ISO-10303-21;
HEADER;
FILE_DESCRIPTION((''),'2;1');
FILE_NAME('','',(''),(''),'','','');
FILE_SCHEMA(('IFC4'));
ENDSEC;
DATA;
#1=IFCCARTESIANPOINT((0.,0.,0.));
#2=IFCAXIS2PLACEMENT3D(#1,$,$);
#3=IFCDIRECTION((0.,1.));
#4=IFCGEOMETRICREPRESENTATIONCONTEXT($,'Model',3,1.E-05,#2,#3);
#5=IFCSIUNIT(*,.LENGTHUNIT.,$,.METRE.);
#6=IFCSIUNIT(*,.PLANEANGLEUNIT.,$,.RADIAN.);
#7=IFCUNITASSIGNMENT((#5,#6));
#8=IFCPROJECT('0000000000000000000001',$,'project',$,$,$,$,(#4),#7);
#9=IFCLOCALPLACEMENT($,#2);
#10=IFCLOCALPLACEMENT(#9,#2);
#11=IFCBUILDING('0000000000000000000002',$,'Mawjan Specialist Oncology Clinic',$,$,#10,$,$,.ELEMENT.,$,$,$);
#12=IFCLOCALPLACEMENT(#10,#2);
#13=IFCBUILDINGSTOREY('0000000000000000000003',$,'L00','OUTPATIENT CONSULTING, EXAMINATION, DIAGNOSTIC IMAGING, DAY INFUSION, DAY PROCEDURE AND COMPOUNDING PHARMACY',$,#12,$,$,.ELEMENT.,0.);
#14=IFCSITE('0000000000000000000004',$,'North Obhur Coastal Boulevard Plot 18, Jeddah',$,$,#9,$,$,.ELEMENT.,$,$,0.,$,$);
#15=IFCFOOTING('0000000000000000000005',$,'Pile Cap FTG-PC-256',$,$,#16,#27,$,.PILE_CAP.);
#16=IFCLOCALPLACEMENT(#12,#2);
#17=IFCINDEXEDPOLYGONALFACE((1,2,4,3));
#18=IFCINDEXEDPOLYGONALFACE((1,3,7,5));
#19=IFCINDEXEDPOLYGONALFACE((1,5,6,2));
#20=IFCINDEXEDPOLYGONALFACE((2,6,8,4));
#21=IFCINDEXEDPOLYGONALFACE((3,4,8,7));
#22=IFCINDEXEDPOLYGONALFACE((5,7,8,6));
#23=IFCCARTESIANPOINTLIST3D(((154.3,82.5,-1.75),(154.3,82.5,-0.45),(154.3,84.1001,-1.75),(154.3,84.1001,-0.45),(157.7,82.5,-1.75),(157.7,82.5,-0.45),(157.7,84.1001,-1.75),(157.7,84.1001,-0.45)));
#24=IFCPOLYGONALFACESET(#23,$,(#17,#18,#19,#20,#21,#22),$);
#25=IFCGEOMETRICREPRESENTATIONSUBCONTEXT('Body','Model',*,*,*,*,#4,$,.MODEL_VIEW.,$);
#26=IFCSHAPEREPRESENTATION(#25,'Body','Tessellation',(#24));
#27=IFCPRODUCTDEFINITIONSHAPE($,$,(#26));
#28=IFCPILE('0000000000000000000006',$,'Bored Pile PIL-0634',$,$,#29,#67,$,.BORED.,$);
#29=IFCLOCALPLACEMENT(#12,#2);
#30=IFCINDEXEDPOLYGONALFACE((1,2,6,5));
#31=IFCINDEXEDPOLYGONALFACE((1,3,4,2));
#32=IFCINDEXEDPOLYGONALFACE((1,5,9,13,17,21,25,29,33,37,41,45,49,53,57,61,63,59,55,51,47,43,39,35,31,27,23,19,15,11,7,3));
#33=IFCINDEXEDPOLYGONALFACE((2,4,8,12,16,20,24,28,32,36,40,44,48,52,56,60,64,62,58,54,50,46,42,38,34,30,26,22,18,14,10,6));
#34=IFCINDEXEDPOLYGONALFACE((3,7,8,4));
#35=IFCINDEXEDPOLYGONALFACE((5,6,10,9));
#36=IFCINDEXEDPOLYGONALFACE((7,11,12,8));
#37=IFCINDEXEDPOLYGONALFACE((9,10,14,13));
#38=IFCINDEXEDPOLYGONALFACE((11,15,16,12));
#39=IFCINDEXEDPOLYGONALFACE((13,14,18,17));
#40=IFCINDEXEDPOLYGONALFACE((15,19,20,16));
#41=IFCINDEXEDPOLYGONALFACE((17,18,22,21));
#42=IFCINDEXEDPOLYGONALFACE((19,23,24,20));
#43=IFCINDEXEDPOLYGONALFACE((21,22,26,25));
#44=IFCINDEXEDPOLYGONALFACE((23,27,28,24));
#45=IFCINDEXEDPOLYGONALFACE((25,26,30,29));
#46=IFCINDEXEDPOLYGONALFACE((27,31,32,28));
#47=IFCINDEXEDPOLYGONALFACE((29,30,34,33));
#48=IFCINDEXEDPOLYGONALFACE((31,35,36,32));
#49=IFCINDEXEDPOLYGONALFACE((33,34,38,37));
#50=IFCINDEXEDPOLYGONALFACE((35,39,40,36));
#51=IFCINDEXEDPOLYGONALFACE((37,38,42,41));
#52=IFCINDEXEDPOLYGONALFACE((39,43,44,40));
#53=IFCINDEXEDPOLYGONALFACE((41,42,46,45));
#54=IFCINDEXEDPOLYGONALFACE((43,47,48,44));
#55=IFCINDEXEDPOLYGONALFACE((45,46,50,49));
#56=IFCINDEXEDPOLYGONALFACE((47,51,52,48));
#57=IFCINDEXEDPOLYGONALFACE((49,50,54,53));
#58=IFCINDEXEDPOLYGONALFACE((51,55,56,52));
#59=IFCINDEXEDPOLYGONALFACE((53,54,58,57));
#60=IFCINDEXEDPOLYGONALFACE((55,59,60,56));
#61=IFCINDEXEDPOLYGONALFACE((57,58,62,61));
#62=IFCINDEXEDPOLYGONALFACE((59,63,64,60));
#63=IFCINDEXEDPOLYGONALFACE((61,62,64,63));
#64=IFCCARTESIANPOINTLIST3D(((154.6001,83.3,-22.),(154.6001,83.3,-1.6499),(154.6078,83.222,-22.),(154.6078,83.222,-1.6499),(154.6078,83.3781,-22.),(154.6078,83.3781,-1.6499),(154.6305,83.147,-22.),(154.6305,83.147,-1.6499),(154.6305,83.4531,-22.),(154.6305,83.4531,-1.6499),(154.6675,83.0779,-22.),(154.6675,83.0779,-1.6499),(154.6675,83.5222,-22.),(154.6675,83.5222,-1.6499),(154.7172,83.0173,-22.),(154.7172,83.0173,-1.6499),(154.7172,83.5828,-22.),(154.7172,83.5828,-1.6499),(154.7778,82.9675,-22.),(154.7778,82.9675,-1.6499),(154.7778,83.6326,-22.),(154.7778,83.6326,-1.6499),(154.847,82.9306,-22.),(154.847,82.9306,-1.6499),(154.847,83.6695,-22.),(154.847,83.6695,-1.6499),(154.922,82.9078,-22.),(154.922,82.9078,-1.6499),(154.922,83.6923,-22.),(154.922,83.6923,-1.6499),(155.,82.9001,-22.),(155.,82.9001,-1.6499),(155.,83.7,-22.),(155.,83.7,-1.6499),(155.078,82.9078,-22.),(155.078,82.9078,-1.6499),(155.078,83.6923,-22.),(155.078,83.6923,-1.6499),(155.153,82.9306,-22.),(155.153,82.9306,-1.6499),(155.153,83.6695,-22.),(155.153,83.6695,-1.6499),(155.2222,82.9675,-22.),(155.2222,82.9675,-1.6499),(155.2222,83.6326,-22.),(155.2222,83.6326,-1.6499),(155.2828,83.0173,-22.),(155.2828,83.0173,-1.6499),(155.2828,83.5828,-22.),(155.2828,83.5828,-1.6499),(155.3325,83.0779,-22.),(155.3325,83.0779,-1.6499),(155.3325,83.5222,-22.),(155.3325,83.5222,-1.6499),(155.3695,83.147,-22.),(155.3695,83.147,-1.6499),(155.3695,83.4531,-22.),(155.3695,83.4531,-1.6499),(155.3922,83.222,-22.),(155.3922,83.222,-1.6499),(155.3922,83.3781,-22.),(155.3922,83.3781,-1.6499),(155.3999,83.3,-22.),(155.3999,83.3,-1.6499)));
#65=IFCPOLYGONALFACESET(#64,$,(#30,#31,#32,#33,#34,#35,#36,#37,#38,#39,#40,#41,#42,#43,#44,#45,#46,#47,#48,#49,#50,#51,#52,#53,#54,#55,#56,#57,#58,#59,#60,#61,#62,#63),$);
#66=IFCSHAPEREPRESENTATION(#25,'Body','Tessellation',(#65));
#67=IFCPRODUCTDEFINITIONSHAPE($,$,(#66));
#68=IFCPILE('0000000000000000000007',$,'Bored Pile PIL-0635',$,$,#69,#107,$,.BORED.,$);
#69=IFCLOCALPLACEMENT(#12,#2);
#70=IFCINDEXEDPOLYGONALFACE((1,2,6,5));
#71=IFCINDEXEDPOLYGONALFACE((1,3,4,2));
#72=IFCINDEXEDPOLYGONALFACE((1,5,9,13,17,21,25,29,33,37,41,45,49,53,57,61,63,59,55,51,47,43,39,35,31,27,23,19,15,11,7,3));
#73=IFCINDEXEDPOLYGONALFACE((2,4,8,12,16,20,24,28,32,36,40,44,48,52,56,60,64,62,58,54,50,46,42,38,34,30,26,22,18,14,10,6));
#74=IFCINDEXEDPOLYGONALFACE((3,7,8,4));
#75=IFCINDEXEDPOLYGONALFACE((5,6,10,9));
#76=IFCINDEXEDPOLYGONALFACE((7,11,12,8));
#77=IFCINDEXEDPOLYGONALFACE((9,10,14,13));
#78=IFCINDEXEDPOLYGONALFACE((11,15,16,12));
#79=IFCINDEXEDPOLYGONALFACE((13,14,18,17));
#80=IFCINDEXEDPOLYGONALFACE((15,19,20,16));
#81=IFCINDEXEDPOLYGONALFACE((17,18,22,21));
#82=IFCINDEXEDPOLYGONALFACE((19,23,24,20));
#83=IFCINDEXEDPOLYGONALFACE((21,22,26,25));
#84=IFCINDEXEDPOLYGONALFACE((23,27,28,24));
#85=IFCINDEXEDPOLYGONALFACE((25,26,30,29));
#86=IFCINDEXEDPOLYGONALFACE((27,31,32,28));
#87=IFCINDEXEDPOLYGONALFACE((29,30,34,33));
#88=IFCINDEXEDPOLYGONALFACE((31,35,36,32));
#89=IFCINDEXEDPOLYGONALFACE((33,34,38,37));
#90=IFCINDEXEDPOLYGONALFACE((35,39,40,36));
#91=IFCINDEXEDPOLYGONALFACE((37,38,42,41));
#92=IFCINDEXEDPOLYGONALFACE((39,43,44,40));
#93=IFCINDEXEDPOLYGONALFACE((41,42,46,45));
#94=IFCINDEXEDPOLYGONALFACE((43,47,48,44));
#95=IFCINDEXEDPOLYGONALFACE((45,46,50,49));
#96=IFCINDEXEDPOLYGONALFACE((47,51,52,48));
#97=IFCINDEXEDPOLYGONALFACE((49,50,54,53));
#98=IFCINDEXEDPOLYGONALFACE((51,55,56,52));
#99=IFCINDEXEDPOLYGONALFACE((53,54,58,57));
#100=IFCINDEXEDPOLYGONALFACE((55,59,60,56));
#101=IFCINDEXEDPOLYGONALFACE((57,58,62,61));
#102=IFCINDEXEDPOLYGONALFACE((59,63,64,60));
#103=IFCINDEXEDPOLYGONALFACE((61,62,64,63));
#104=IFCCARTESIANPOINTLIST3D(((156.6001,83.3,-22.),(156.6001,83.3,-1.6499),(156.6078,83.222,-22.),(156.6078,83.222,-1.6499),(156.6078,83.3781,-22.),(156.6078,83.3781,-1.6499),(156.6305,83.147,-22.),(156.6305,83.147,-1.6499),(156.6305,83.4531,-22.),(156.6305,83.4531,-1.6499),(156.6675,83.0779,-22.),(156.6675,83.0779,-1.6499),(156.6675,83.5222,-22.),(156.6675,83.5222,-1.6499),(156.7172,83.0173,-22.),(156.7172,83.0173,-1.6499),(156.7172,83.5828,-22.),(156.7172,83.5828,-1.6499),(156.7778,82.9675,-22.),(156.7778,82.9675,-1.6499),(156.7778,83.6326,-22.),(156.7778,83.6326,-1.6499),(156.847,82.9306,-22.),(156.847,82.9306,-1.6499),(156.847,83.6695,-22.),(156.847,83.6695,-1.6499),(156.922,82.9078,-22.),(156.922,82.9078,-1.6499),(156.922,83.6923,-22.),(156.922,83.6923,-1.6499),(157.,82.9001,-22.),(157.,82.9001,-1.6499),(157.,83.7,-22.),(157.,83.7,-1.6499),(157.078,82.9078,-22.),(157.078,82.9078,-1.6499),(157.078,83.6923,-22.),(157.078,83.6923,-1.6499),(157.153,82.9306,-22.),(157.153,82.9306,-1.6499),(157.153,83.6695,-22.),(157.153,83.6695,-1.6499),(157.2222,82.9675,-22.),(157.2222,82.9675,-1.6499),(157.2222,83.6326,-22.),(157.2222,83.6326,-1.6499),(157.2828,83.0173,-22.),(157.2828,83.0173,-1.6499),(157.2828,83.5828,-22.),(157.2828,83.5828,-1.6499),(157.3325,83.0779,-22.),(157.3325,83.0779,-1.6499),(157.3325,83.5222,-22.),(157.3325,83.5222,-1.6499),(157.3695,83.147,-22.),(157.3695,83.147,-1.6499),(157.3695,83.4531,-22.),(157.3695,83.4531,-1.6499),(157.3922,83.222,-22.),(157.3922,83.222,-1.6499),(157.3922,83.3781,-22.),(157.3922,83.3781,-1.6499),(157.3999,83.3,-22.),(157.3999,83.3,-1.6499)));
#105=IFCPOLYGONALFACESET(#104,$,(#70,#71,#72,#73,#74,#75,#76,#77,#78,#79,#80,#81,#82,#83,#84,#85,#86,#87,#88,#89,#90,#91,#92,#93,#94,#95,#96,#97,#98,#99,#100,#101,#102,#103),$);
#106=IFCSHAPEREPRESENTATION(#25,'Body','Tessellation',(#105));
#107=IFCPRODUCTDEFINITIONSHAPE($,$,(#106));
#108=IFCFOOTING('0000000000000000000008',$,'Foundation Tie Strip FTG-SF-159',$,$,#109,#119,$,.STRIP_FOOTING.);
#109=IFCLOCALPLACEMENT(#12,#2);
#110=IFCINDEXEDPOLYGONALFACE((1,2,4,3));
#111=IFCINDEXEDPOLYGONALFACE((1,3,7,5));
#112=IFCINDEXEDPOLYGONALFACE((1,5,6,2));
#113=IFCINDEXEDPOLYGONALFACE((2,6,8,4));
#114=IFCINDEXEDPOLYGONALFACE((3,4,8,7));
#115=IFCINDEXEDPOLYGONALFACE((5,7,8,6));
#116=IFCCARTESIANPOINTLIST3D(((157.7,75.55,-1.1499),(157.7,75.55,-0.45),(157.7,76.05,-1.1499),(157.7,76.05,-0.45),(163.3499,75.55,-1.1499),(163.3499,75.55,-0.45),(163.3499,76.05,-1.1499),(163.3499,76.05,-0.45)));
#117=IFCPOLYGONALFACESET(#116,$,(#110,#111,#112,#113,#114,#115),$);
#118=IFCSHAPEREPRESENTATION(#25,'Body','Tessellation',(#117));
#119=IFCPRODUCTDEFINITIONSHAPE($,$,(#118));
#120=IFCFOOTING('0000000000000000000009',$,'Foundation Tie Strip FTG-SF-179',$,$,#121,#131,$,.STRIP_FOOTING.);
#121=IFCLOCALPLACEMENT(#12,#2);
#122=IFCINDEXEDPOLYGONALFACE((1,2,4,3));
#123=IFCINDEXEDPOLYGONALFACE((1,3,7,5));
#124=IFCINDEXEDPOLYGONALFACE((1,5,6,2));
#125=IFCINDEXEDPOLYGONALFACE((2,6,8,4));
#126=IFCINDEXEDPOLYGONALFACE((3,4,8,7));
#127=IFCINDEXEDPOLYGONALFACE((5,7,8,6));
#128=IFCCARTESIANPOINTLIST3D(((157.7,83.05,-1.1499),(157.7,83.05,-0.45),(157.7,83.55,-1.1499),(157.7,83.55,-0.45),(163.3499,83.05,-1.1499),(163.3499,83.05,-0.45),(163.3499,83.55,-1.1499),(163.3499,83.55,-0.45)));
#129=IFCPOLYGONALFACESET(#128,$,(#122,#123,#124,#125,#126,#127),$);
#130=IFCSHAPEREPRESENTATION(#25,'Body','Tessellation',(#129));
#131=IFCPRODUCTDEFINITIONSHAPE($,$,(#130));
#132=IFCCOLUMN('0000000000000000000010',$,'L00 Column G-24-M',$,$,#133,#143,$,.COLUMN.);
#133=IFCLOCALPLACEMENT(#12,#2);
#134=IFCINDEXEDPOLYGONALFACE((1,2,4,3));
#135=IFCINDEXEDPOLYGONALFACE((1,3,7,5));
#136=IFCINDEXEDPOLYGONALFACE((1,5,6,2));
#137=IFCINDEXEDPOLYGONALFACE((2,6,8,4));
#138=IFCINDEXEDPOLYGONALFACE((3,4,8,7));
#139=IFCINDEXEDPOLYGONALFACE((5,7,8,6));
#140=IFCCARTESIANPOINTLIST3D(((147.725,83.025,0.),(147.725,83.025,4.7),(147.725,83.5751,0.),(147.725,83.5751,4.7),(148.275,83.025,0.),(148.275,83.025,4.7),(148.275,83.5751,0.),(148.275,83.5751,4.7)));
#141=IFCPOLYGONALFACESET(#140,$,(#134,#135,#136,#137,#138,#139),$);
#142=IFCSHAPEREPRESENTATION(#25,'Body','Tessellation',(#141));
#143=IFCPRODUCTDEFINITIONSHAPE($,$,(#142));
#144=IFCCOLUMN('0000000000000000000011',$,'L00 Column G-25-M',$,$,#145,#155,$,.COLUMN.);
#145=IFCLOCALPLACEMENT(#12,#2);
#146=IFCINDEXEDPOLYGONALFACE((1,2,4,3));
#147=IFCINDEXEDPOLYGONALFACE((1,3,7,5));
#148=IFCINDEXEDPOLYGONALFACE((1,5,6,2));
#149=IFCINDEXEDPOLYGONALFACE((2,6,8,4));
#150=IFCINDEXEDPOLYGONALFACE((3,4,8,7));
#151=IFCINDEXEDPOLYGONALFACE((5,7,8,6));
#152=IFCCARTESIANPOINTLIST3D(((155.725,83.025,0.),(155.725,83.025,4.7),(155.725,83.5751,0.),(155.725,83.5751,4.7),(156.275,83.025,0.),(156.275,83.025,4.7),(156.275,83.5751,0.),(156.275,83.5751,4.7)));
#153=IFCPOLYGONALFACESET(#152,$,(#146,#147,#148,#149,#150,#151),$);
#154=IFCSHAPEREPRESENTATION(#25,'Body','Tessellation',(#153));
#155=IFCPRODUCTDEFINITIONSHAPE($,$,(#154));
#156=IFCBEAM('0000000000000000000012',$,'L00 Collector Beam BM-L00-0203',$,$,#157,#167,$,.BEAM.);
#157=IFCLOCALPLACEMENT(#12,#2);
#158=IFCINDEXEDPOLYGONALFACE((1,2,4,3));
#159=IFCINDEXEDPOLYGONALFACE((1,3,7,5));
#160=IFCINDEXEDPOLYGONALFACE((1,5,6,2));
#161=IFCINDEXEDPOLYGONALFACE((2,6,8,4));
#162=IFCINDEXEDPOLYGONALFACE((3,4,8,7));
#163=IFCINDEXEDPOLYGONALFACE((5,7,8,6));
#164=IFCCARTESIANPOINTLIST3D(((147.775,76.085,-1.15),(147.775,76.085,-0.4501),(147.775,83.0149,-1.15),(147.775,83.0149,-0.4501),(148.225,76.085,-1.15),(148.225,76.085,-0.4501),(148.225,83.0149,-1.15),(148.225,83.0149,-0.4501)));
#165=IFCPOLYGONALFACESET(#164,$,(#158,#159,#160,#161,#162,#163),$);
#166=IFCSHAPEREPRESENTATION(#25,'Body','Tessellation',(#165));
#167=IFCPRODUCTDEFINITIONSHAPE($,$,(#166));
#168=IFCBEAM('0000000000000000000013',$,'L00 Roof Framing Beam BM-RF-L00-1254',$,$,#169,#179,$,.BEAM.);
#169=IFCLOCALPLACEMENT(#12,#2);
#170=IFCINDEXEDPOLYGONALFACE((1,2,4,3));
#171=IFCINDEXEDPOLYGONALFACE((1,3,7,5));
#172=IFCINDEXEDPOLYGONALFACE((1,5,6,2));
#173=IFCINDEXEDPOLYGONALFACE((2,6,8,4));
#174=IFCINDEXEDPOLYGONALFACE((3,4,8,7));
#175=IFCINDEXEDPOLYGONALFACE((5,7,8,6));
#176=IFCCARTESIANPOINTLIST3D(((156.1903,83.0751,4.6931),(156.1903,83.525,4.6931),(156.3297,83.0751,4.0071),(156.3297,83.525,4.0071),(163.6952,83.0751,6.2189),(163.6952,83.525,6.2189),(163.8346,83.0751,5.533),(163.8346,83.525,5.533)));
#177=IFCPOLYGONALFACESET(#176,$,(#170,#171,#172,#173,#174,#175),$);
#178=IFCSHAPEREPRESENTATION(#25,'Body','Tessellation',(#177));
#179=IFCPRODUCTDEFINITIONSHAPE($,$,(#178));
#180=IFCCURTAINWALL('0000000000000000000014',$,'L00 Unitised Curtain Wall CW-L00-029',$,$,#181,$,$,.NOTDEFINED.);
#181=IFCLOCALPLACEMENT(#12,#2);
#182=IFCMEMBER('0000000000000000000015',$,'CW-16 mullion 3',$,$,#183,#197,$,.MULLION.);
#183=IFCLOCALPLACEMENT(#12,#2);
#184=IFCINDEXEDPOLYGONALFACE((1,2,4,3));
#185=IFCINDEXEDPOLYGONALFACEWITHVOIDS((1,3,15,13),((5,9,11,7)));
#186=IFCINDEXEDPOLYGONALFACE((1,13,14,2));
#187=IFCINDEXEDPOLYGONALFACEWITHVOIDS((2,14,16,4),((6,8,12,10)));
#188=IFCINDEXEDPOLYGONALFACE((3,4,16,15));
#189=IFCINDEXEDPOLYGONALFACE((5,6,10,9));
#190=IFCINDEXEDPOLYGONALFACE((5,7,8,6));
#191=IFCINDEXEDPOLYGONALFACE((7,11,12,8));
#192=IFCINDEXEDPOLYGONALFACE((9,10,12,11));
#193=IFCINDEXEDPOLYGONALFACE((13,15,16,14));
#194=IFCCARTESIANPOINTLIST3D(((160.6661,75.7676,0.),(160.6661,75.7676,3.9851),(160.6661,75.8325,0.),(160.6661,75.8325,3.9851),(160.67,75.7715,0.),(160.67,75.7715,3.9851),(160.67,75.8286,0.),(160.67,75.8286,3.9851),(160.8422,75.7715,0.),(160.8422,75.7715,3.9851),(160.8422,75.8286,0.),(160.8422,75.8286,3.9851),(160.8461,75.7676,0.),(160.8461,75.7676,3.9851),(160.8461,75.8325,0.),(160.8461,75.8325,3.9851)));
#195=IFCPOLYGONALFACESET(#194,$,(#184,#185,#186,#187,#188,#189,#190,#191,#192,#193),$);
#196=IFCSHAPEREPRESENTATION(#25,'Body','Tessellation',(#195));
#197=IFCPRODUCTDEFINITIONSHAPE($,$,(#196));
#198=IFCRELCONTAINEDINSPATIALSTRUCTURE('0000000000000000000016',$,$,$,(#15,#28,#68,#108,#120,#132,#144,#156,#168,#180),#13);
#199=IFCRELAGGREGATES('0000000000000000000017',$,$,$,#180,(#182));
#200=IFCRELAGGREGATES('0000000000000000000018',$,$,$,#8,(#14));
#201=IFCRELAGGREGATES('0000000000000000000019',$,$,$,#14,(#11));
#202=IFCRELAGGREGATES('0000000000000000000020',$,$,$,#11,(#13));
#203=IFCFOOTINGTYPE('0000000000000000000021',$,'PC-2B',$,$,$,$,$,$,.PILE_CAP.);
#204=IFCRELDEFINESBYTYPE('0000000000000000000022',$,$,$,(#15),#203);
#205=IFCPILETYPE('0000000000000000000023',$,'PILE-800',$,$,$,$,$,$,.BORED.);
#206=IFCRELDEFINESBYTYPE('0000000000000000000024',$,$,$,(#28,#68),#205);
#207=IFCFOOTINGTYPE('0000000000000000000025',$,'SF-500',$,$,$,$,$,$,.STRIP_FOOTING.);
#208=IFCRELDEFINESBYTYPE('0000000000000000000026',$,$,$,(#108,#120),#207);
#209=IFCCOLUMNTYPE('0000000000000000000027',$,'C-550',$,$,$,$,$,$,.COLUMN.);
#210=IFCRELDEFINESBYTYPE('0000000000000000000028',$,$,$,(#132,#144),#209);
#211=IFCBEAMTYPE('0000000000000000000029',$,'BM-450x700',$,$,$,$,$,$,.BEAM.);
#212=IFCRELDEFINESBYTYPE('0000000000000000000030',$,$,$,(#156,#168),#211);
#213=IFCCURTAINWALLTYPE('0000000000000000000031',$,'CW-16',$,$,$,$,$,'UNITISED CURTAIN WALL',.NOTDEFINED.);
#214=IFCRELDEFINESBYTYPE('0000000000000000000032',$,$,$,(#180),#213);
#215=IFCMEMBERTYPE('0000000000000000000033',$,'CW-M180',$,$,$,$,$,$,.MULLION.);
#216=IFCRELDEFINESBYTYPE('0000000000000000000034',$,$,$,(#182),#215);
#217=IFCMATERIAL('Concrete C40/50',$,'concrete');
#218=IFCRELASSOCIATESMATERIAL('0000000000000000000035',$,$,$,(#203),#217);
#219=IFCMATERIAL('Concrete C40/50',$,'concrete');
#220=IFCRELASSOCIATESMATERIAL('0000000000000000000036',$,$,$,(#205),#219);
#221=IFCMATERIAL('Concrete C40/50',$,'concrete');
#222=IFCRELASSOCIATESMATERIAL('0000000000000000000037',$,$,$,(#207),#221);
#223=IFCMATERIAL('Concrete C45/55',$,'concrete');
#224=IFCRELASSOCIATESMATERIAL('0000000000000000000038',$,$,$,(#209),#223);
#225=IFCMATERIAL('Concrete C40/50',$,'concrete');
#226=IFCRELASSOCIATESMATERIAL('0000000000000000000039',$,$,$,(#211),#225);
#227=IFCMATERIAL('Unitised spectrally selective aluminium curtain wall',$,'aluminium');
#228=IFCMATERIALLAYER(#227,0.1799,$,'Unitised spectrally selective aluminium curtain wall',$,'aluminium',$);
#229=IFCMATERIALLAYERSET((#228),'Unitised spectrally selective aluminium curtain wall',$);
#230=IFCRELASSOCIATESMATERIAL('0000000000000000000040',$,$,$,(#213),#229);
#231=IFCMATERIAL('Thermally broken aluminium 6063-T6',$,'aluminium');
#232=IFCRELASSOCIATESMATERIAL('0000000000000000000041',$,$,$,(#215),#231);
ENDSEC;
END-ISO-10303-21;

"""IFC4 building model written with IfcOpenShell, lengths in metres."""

from ifc_helpers import new_model, si_unit, direction, frame, origin, origin_2d, place, context, subcontext, project, spatial, rectangle, hollow_rectangle, circle, extrude, material, layer, layer_set, material_profile, profile_set, type_object, element, aggregate, save


model = new_model("IFC4")

# Units and contexts
model_context = context("Model", 3, precision=1e-05, world=origin(), true_north=direction((0.0, 1.0)))
body_context = subcontext(model_context, "Body", "Model", "MODEL_VIEW")
ifc_project = project(units=[si_unit("LENGTHUNIT", "METRE"), si_unit("PLANEANGLEUNIT", "RADIAN")], contexts=[model_context])

# Site, building, storey
site_placement = place(None, origin())
site = spatial("IfcSite", under=ifc_project, at=site_placement, Name="North Obhur Coastal Boulevard Plot 18, Jeddah", CompositionType="ELEMENT", RefElevation=0.0)
building_placement = place(site_placement, origin())
building = spatial("IfcBuilding", under=site, at=building_placement, Name="Mawjan Specialist Oncology Clinic", CompositionType="ELEMENT")
storey_placement = place(building_placement, origin())
storey = spatial("IfcBuildingStorey", under=building, at=storey_placement, Name="L00", Description="OUTPATIENT CONSULTING, EXAMINATION, DIAGNOSTIC IMAGING, DAY INFUSION, DAY PROCEDURE AND COMPOUNDING PHARMACY", CompositionType="ELEMENT", Elevation=0.0)

# Footing
ifc_material_1 = material(Name="Concrete C40/50", Category="concrete")
footing_type_1 = type_object("IfcFootingType", Name="PC-2B", PredefinedType="PILE_CAP", material=ifc_material_1)
footing_placement = place(storey_placement, frame((156.0, 83.3, -1.75), z_axis=(0.0, 0.0, 1.0), x_axis=(1.0, 0.0, 0.0)))
element("IfcFooting", 1, at=footing_placement, inside=storey, type_object=footing_type_1, Name="Pile Cap FTG-PC-256", PredefinedType="PILE_CAP", context=body_context, shape_type="SweptSolid", body=[
    extrude(rectangle(XDim=3.3999, YDim=1.6001, at=origin_2d()), origin(), (0.0, 0.0, 1.0), 1.3),
])

# Piles
ifc_material_2 = material(Name="Concrete C40/50", Category="concrete")
ifc_material_profile_1 = material_profile(ifc_material_2, circle(Radius=0.3999, at=origin_2d()), Name="BORED PILE D800", Category="concrete")
ifc_profile_set_1 = profile_set([ifc_material_profile_1], Name="Concrete C40/50")
pile_type = type_object("IfcPileType", Name="PILE-800", PredefinedType="BORED", material=ifc_profile_set_1)
for number, where, z_axis, x_axis, name in (
    (2, (155.0, 83.3, -1.6499), (0.0, 0.0, -1.0), (1.0, 0.0, 0.0), "Bored Pile PIL-0634"),
    (3, (157.0, 83.3, -1.6499), (0.0, 0.0, -1.0), (1.0, 0.0, 0.0), "Bored Pile PIL-0635"),
):
    element("IfcPile", number, at=place(storey_placement, frame(where, z_axis=z_axis, x_axis=x_axis)), inside=storey, type_object=pile_type, Name=name, PredefinedType="BORED", context=body_context, shape_type="SweptSolid", body=[
        extrude(circle(Radius=0.3999, at=origin_2d()), origin(), (0.0, 0.0, 1.0), 20.3501),
    ])

# Footings
ifc_material_3 = material(Name="Concrete C40/50", Category="concrete")
footing_type_2 = type_object("IfcFootingType", Name="SF-500", PredefinedType="STRIP_FOOTING", material=ifc_material_3)
for number, where, z_axis, x_axis, name in (
    (4, (160.5249, 75.8, -1.1499), (0.0, 0.0, 1.0), (1.0, 0.0, 0.0), "Foundation Tie Strip FTG-SF-159"),
    (5, (160.5249, 83.3, -1.1499), (0.0, 0.0, 1.0), (1.0, 0.0, 0.0), "Foundation Tie Strip FTG-SF-179"),
):
    element("IfcFooting", number, at=place(storey_placement, frame(where, z_axis=z_axis, x_axis=x_axis)), inside=storey, type_object=footing_type_2, Name=name, PredefinedType="STRIP_FOOTING", context=body_context, shape_type="SweptSolid", body=[
        extrude(rectangle(XDim=5.6499, YDim=0.5, at=origin_2d()), origin(), (0.0, 0.0, 1.0), 0.7),
    ])

# Columns
ifc_material_4 = material(Name="Concrete C45/55", Category="concrete")
ifc_material_profile_2 = material_profile(ifc_material_4, rectangle(XDim=0.55, YDim=0.55, at=origin_2d()), Name="RC COL 550x550", Category="concrete")
ifc_profile_set_2 = profile_set([ifc_material_profile_2], Name="Concrete C45/55")
column_type = type_object("IfcColumnType", Name="C-550", PredefinedType="COLUMN", material=ifc_profile_set_2)
for number, where, z_axis, x_axis, name in (
    (6, (148.0, 83.3, 0.0), (0.0, 0.0, 1.0), (1.0, 0.0, 0.0), "L00 Column G-24-M"),
    (7, (156.0, 83.3, 0.0), (0.0, 0.0, 1.0), (1.0, 0.0, 0.0), "L00 Column G-25-M"),
):
    element("IfcColumn", number, at=place(storey_placement, frame(where, z_axis=z_axis, x_axis=x_axis)), inside=storey, type_object=column_type, Name=name, PredefinedType="COLUMN", context=body_context, shape_type="SweptSolid", body=[
        extrude(rectangle(XDim=0.55, YDim=0.55, at=origin_2d()), origin(), (0.0, 0.0, 1.0), 4.7),
    ])

# Beams
ifc_material_5 = material(Name="Concrete C40/50", Category="concrete")
ifc_material_profile_3 = material_profile(ifc_material_5, rectangle(XDim=0.45, YDim=0.7, at=origin_2d()), Name="RC BM 450x700", Category="concrete")
ifc_profile_set_3 = profile_set([ifc_material_profile_3], Name="Concrete C40/50")
beam_type = type_object("IfcBeamType", Name="BM-450x700", PredefinedType="BEAM", material=ifc_profile_set_3)
beam_1_placement = place(storey_placement, frame((148.0, 76.085, -0.8), z_axis=(0.0, 1.0, 0.0), x_axis=(-1.0, 0.0, 0.0)))
element("IfcBeam", 8, at=beam_1_placement, inside=storey, type_object=beam_type, Name="L00 Collector Beam BM-L00-0203", PredefinedType="BEAM", context=body_context, shape_type="SweptSolid", body=[
    extrude(rectangle(XDim=0.45, YDim=0.7, at=origin_2d()), origin(), (0.0, 0.0, 1.0), 6.9299),
])
beam_2_placement = place(storey_placement, frame((156.26, 83.3, 4.3501), z_axis=(0.97995, 0.0, 0.199242), x_axis=(0.0, 1.0, 0.0)))
element("IfcBeam", 9, at=beam_2_placement, inside=storey, type_object=beam_type, Name="L00 Roof Framing Beam BM-RF-L00-1254", PredefinedType="BEAM", context=body_context, shape_type="SweptSolid", body=[
    extrude(rectangle(XDim=0.45, YDim=0.7, at=origin_2d()), origin(), (0.0, 0.0, 1.0), 7.6584),
])

# Curtain wall, member
ifc_material_6 = material(Name="Unitised spectrally selective aluminium curtain wall", Category="aluminium")
ifc_layer_1 = layer(ifc_material_6, 0.1799, Name="Unitised spectrally selective aluminium curtain wall", Category="aluminium")
ifc_layer_set_1 = layer_set([ifc_layer_1], Name="Unitised spectrally selective aluminium curtain wall")
curtain_wall_type = type_object("IfcCurtainWallType", Name="CW-16", ElementType="UNITISED CURTAIN WALL", PredefinedType="NOTDEFINED", material=ifc_layer_set_1)
curtain_wall_placement = place(storey_placement, origin())
curtain_wall = element("IfcCurtainWall", 10, at=curtain_wall_placement, inside=storey, type_object=curtain_wall_type, Name="L00 Unitised Curtain Wall CW-L00-029", PredefinedType="NOTDEFINED")
ifc_material_7 = material(Name="Thermally broken aluminium 6063-T6", Category="aluminium")
ifc_material_profile_4 = material_profile(ifc_material_7, hollow_rectangle(XDim=0.0649, YDim=0.1799, WallThickness=0.0039, at=origin_2d()), Name="ALU MULLION 180x65x4", Category="aluminium")
ifc_profile_set_4 = profile_set([ifc_material_profile_4], Name="Thermally broken aluminium 6063-T6")
member_type_1 = type_object("IfcMemberType", Name="CW-M180", PredefinedType="MULLION", material=ifc_profile_set_4)
member_1_placement = place(storey_placement, frame((160.7561, 75.8, 0.0), z_axis=(0.0, 0.0, 1.0), x_axis=(0.0, -1.0, 0.0)))
member_1 = element("IfcMember", 11, at=member_1_placement, type_object=member_type_1, Name="CW-16 mullion 3", PredefinedType="MULLION", context=body_context, shape_type="SweptSolid", body=[
    extrude(hollow_rectangle(XDim=0.0649, YDim=0.1799, WallThickness=0.0039, at=origin_2d()), origin(), (0.0, 0.0, 1.0), 3.9851),
])
aggregate(curtain_wall, [member_1])

save(model, "model.ifc")
